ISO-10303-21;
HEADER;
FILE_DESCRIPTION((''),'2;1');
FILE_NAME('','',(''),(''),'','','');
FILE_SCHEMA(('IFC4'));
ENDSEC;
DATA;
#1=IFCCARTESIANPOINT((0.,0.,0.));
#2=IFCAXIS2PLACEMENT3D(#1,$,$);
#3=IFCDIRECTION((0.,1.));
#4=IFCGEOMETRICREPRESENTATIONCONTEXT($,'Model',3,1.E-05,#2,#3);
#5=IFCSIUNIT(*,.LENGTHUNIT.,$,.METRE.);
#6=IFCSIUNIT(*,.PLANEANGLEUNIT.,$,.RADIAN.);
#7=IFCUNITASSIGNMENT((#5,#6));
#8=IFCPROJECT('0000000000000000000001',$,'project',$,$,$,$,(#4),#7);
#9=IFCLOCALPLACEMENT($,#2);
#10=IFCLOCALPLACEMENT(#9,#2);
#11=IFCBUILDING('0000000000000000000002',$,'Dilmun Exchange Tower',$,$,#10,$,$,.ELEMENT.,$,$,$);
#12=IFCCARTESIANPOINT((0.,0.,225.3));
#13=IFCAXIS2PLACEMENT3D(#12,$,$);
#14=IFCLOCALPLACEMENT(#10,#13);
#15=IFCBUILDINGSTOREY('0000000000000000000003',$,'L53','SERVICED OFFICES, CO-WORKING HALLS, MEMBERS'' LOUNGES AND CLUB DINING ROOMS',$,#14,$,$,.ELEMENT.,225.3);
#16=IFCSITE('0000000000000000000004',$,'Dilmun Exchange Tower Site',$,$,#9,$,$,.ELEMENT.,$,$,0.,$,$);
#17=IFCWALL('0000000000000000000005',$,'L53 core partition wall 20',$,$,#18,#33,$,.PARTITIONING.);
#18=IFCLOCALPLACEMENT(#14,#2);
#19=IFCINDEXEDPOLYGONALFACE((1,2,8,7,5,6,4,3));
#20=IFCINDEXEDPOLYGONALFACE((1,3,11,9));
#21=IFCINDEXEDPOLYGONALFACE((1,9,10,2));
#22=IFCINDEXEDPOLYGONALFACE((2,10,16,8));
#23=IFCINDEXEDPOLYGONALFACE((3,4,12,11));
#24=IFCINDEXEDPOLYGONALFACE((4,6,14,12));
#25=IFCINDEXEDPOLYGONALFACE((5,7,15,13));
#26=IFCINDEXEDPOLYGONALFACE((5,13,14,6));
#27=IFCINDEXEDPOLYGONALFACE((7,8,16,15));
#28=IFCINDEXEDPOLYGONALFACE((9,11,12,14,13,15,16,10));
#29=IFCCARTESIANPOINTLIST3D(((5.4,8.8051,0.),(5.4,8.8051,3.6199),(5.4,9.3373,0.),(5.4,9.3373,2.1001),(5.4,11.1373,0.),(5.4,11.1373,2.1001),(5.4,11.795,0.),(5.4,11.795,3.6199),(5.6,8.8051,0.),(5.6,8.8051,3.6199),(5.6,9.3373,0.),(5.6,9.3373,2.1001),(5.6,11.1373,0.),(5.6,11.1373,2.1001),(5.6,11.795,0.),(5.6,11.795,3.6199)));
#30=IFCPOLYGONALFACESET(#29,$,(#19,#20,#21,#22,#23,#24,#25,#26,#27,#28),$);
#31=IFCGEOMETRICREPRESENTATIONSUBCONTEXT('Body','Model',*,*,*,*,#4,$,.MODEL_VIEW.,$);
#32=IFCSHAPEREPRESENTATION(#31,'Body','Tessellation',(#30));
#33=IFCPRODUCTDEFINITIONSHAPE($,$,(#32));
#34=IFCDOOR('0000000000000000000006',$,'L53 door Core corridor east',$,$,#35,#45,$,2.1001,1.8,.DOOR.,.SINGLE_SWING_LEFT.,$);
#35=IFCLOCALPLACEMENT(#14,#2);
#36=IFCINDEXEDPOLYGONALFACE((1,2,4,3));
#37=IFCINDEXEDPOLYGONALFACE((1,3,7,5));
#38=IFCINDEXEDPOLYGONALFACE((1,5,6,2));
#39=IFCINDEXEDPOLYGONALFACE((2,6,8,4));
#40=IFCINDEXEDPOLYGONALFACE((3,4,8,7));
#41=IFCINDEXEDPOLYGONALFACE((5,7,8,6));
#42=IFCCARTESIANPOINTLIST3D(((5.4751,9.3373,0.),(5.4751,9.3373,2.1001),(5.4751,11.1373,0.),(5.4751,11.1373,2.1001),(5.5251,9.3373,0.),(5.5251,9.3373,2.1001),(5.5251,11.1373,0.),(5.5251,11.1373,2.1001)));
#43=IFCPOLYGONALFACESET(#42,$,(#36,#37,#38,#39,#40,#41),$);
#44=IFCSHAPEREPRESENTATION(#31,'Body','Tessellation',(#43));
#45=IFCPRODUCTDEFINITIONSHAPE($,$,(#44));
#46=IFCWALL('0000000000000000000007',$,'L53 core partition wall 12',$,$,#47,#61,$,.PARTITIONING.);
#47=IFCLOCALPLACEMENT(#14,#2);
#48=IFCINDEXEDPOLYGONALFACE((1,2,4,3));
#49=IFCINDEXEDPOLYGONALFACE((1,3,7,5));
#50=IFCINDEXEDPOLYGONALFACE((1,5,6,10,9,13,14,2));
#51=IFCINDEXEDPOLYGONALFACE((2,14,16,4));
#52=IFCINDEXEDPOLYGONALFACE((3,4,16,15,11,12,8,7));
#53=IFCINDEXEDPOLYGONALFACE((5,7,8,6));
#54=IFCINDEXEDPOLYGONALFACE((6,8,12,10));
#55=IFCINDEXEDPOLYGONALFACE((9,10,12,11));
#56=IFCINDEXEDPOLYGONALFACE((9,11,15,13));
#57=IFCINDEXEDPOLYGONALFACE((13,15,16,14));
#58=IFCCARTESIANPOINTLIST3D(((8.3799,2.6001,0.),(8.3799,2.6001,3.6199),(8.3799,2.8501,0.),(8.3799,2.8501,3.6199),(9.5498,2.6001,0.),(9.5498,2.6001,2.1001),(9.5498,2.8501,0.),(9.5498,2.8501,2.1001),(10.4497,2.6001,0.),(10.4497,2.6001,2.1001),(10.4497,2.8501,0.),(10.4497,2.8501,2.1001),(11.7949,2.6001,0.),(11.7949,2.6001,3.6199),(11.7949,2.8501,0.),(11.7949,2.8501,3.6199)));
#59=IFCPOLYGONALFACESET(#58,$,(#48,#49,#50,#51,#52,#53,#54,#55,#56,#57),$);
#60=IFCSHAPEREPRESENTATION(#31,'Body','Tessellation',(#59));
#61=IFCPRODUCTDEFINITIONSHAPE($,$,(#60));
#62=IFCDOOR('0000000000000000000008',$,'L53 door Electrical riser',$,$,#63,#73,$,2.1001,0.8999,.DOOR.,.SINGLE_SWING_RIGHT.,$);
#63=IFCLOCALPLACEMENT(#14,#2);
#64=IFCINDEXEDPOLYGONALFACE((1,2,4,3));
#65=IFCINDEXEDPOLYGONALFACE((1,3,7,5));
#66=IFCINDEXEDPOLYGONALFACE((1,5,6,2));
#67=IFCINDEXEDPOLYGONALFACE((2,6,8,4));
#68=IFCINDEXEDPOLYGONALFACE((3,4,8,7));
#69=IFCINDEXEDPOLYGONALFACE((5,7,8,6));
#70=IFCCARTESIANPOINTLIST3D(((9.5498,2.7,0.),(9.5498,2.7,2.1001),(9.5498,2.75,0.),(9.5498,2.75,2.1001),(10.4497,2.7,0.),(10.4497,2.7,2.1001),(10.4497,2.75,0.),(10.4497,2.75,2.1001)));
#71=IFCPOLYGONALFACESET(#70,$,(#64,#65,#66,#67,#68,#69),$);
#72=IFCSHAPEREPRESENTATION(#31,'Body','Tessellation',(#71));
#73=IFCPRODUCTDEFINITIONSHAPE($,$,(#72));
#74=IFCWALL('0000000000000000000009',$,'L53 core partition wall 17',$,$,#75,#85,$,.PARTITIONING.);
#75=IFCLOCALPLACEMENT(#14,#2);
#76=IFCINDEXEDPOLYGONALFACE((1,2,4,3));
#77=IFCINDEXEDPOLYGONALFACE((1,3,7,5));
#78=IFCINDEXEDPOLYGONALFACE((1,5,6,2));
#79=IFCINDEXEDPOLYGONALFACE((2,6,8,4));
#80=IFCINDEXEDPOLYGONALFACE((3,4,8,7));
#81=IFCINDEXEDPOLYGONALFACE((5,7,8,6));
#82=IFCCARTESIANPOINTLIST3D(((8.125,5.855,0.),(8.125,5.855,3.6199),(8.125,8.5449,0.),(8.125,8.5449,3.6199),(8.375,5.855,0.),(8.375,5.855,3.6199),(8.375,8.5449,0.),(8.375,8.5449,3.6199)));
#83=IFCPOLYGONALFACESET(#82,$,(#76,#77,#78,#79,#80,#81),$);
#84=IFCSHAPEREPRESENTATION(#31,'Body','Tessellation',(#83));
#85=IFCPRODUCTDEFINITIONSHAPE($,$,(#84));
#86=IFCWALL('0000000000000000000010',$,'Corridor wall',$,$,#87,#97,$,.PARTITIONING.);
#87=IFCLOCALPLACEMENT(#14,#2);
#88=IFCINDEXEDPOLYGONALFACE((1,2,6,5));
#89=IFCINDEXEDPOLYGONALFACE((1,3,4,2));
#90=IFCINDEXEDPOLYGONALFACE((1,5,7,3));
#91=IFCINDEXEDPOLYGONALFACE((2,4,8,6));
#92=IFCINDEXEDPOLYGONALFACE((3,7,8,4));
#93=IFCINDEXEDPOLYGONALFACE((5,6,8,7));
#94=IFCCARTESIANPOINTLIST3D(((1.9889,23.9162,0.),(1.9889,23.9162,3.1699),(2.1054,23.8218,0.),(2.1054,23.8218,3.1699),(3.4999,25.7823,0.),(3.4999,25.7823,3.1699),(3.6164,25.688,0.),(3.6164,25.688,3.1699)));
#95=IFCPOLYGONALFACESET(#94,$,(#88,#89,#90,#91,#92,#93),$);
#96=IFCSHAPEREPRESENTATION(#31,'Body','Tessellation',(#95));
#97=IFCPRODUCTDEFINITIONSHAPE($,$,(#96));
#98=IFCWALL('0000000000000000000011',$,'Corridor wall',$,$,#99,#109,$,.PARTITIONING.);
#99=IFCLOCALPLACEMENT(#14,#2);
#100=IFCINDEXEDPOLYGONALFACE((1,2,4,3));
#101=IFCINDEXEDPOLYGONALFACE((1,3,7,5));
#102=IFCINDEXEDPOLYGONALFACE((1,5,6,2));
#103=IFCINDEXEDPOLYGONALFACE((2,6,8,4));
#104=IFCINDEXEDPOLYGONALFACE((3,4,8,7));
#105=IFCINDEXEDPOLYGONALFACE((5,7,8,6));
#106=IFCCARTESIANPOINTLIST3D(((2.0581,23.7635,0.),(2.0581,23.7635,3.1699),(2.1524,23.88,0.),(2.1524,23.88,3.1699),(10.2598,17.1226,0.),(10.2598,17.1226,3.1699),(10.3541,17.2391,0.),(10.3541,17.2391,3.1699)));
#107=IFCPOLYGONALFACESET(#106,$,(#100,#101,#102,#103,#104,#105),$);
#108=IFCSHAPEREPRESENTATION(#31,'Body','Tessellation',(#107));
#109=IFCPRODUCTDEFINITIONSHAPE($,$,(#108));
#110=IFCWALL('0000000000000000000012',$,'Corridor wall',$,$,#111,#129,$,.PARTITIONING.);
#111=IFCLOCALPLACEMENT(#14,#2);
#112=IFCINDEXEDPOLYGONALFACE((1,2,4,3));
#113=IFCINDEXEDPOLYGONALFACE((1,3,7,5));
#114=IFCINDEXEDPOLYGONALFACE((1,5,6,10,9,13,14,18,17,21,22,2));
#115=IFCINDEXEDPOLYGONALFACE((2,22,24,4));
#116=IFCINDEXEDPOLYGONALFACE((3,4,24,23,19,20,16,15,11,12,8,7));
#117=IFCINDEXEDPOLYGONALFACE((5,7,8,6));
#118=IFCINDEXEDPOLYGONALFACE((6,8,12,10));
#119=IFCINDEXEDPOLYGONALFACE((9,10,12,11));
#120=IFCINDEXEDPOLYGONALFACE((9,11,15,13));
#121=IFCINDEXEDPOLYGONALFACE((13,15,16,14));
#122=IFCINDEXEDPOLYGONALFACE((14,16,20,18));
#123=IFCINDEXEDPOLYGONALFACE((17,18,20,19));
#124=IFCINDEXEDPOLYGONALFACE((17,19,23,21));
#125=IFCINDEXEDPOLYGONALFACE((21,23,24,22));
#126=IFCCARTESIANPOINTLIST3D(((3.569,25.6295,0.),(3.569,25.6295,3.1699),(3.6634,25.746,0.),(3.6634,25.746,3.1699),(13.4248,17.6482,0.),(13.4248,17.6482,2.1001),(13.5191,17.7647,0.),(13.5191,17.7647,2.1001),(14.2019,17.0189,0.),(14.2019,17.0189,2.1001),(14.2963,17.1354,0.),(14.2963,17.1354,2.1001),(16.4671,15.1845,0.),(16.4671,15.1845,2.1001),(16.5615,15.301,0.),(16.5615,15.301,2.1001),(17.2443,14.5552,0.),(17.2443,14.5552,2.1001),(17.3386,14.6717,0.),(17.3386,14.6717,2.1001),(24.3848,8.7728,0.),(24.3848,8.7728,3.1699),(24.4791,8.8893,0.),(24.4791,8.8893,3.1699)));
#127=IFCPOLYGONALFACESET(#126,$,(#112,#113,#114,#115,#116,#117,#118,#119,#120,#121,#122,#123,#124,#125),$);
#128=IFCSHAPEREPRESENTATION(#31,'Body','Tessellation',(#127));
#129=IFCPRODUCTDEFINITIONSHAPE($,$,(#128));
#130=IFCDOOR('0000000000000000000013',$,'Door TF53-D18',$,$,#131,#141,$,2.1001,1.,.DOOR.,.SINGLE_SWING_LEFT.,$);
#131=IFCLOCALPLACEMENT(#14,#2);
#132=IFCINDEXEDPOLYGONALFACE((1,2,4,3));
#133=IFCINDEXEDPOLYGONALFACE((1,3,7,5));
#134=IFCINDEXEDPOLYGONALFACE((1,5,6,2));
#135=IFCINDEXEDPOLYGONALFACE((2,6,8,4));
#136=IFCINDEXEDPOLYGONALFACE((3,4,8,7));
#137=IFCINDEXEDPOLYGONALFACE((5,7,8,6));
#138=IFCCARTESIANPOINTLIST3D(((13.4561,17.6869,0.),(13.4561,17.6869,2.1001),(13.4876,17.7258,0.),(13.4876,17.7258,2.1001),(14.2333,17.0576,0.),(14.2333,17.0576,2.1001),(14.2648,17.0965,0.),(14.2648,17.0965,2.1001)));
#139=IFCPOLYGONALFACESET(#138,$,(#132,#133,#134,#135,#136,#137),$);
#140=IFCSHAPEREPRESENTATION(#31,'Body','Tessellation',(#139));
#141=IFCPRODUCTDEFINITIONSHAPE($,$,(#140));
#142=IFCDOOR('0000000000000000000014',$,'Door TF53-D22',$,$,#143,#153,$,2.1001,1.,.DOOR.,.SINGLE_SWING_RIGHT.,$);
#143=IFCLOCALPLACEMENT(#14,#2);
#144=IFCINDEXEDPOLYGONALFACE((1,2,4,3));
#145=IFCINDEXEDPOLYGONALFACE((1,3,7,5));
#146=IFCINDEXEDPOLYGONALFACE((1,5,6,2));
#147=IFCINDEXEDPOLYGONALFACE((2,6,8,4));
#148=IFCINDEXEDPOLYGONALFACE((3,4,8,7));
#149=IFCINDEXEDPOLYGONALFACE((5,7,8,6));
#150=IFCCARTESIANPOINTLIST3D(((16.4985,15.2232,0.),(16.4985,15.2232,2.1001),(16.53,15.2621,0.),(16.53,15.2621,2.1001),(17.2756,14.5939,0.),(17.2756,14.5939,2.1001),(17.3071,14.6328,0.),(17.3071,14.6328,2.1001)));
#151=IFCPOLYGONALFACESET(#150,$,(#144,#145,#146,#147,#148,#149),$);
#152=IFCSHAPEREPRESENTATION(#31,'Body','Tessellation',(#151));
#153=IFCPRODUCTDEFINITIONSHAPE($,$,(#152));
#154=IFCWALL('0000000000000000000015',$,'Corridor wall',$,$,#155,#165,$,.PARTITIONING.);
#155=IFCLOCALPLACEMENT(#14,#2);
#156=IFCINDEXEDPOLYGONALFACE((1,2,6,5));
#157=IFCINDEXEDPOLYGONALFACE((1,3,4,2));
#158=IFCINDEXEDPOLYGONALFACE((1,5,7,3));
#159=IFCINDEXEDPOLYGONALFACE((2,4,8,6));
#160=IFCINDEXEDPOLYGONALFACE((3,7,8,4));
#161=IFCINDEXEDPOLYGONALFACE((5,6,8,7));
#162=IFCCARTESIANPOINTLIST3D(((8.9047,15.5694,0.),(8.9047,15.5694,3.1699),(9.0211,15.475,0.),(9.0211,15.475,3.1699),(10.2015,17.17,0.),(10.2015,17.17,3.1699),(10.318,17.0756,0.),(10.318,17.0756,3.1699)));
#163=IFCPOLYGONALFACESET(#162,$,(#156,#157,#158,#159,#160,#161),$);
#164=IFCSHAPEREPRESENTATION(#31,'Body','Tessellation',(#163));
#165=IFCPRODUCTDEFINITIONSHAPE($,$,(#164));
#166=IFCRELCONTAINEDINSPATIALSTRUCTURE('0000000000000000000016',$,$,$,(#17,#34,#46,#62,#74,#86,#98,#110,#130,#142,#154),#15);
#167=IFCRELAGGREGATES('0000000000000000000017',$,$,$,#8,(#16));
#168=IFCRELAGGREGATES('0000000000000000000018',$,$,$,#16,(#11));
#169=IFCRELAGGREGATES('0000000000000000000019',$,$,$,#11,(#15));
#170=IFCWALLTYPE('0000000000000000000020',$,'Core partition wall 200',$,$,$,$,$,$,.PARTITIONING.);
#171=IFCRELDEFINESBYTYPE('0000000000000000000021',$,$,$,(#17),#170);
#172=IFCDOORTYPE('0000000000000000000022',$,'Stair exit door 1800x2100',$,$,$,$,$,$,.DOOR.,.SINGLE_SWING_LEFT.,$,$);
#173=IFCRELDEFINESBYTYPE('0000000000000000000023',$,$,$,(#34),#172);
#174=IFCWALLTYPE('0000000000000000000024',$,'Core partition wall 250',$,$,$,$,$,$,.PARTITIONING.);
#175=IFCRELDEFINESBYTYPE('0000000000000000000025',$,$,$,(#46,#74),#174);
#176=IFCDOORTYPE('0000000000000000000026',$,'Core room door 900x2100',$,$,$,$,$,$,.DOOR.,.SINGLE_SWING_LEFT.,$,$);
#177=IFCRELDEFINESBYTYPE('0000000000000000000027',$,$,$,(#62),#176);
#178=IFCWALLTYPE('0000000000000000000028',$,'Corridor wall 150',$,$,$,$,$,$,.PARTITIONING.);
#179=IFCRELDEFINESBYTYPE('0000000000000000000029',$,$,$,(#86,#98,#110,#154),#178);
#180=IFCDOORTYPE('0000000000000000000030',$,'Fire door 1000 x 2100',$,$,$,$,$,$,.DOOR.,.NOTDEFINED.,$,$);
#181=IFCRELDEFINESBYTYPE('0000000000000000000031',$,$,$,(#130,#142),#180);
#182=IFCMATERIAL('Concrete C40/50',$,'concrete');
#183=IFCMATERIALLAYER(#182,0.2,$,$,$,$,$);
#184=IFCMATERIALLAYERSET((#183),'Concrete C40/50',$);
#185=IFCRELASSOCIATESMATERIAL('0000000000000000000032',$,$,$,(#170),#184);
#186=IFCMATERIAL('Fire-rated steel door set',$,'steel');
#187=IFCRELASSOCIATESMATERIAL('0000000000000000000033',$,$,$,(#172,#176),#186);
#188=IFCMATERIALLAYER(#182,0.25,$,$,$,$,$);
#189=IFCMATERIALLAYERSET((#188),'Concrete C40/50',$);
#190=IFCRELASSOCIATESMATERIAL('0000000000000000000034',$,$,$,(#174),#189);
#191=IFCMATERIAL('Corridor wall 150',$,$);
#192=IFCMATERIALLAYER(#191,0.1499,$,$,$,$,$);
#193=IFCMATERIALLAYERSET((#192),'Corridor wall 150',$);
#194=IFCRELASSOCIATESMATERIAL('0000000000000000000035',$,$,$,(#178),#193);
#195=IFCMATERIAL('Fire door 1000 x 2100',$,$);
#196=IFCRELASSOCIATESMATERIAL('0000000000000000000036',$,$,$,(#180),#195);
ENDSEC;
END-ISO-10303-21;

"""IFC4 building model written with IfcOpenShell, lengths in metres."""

from ifc_helpers import new_model, si_unit, direction, frame, frame_2d, origin, place, context, subcontext, project, spatial, rectangle, extrude, material, layer, layer_set, type_object, element, fill, save


model = new_model("IFC4")

# Units and contexts
model_context = context("Model", 3, precision=1e-05, world=origin(), true_north=direction((0.0, 1.0)))
body_context = subcontext(model_context, "Body", "Model", "MODEL_VIEW")
ifc_project = project(units=[si_unit("LENGTHUNIT", "METRE"), si_unit("PLANEANGLEUNIT", "RADIAN")], contexts=[model_context])

# Site, building, storey
site_placement = place(None, origin())
site = spatial("IfcSite", under=ifc_project, at=site_placement, Name="Dilmun Exchange Tower Site", CompositionType="ELEMENT", RefElevation=0.0)
building_placement = place(site_placement, origin())
building = spatial("IfcBuilding", under=site, at=building_placement, Name="Dilmun Exchange Tower", CompositionType="ELEMENT")
storey_placement = place(building_placement, frame((0.0, 0.0, 225.3)))
storey = spatial("IfcBuildingStorey", under=building, at=storey_placement, Name="L53", Description="SERVICED OFFICES, CO-WORKING HALLS, MEMBERS' LOUNGES AND CLUB DINING ROOMS", CompositionType="ELEMENT", Elevation=225.3)

# Walls, openings, doors
ifc_material_1 = material(Name="Concrete C40/50", Category="concrete")
ifc_layer_1 = layer(ifc_material_1, 0.2)
ifc_layer_set_1 = layer_set([ifc_layer_1], Name="Concrete C40/50")
wall_type_1 = type_object("IfcWallType", Name="Core partition wall 200", PredefinedType="PARTITIONING", material=ifc_layer_set_1)
wall_1_placement = place(storey_placement, frame((5.5, 8.8049, 0.0), z_axis=(0.0, 0.0, 1.0), x_axis=(0.0, 1.0, 0.0)))
wall_1 = element("IfcWall", 1, at=wall_1_placement, inside=storey, type_object=wall_type_1, Name="L53 core partition wall 20", PredefinedType="PARTITIONING", context=body_context, shape_type="SweptSolid", body=[
    extrude(rectangle(XDim=2.99, YDim=0.2, at=frame_2d((1.4951, 0.0))), origin(), (0.0, 0.0, 1.0), 3.6199),
])
opening_1_placement = place(wall_1_placement, frame((0.5325, 0.0, 0.0)))
opening_1 = element("IfcOpeningElement", 2, at=opening_1_placement, cuts=wall_1, PredefinedType="OPENING", context=body_context, shape_type="SweptSolid", body=[
    extrude(rectangle(XDim=1.8, YDim=2.1001, at=frame_2d((0.8999, 1.05))), frame((0.0, 0.1099, 0.0), z_axis=(0.0, -1.0, 0.0), x_axis=(1.0, 0.0, 0.0)), (0.0, 0.0, 1.0), 0.22),
])
ifc_material_2 = material(Name="Fire-rated steel door set", Category="steel")
door_type_1 = type_object("IfcDoorType", Name="Stair exit door 1800x2100", OperationType="SINGLE_SWING_LEFT", PredefinedType="DOOR", material=ifc_material_2)
door_1_placement = place(opening_1_placement, origin())
door_1 = element("IfcDoor", 3, at=door_1_placement, inside=storey, type_object=door_type_1, Name="L53 door Core corridor east", OperationType="SINGLE_SWING_LEFT", OverallHeight=2.1001, OverallWidth=1.8, PredefinedType="DOOR", context=body_context, shape_type="SweptSolid", body=[
    extrude(rectangle(XDim=1.8, YDim=2.1001, at=frame_2d((0.8999, 1.05))), frame((0.0, 0.0249, 0.0), z_axis=(0.0, -1.0, 0.0), x_axis=(1.0, 0.0, 0.0)), (0.0, 0.0, 1.0), 0.05),
])
fill(opening_1, door_1)
ifc_layer_2 = layer(ifc_material_1, 0.25)
ifc_layer_set_2 = layer_set([ifc_layer_2], Name="Concrete C40/50")
wall_type_2 = type_object("IfcWallType", Name="Core partition wall 250", PredefinedType="PARTITIONING", material=ifc_layer_set_2)
wall_2_placement = place(storey_placement, frame((8.3799, 2.7251, 0.0), z_axis=(0.0, 0.0, 1.0), x_axis=(1.0, 0.0, 0.0)))
wall_2 = element("IfcWall", 4, at=wall_2_placement, inside=storey, type_object=wall_type_2, Name="L53 core partition wall 12", PredefinedType="PARTITIONING", context=body_context, shape_type="SweptSolid", body=[
    extrude(rectangle(XDim=3.415, YDim=0.25, at=frame_2d((1.7075, 0.0))), origin(), (0.0, 0.0, 1.0), 3.6199),
])
opening_2_placement = place(wall_2_placement, frame((1.1699, 0.0, 0.0)))
opening_2 = element("IfcOpeningElement", 5, at=opening_2_placement, cuts=wall_2, PredefinedType="OPENING", context=body_context, shape_type="SweptSolid", body=[
    extrude(rectangle(XDim=0.8999, YDim=2.1001, at=frame_2d((0.45, 1.05))), frame((0.0, 0.135, 0.0), z_axis=(0.0, -1.0, 0.0), x_axis=(1.0, 0.0, 0.0)), (0.0, 0.0, 1.0), 0.27),
])
door_type_2 = type_object("IfcDoorType", Name="Core room door 900x2100", OperationType="SINGLE_SWING_LEFT", PredefinedType="DOOR", material=ifc_material_2)
door_2_placement = place(opening_2_placement, origin())
door_2 = element("IfcDoor", 6, at=door_2_placement, inside=storey, type_object=door_type_2, Name="L53 door Electrical riser", OperationType="SINGLE_SWING_RIGHT", OverallHeight=2.1001, OverallWidth=0.8999, PredefinedType="DOOR", context=body_context, shape_type="SweptSolid", body=[
    extrude(rectangle(XDim=0.8999, YDim=2.1001, at=frame_2d((0.45, 1.05))), frame((0.0, 0.0249, 0.0), z_axis=(0.0, -1.0, 0.0), x_axis=(1.0, 0.0, 0.0)), (0.0, 0.0, 1.0), 0.05),
])
fill(opening_2, door_2)

# Walls
wall_3_placement = place(storey_placement, frame((8.25, 5.855, 0.0), z_axis=(0.0, 0.0, 1.0), x_axis=(0.0, 1.0, 0.0)))
element("IfcWall", 7, at=wall_3_placement, inside=storey, type_object=wall_type_2, Name="L53 core partition wall 17", PredefinedType="PARTITIONING", context=body_context, shape_type="SweptSolid", body=[
    extrude(rectangle(XDim=2.6899, YDim=0.25, at=frame_2d((1.345, 0.0))), origin(), (0.0, 0.0, 1.0), 3.6199),
])
ifc_material_3 = material(Name="Corridor wall 150")
ifc_layer_3 = layer(ifc_material_3, 0.1499)
ifc_layer_set_3 = layer_set([ifc_layer_3], Name="Corridor wall 150")
wall_type_3 = type_object("IfcWallType", Name="Corridor wall 150", PredefinedType="PARTITIONING", material=ifc_layer_set_3)
wall_4_placement = place(storey_placement, frame((2.0471, 23.8689, 0.0), z_axis=(0.0, 0.0, 1.0), x_axis=(0.62926, 0.777195, 0.0)))
element("IfcWall", 8, at=wall_4_placement, inside=storey, type_object=wall_type_3, Name="Corridor wall", PredefinedType="PARTITIONING", context=body_context, shape_type="SweptSolid", body=[
    extrude(rectangle(XDim=2.4011, YDim=0.1499, at=frame_2d((1.2007, 0.0))), origin(), (0.0, 0.0, 1.0), 3.1699),
])
wall_5_placement = place(storey_placement, frame((2.1052, 23.8218, 0.0), z_axis=(0.0, 0.0, 1.0), x_axis=(0.777179, -0.62928, 0.0)))
element("IfcWall", 9, at=wall_5_placement, inside=storey, type_object=wall_type_3, Name="Corridor wall", PredefinedType="PARTITIONING", context=body_context, shape_type="SweptSolid", body=[
    extrude(rectangle(XDim=10.5532, YDim=0.1499, at=frame_2d((5.2766, 0.0))), origin(), (0.0, 0.0, 1.0), 3.1699),
])

# Wall, openings, doors
wall_6_placement = place(storey_placement, frame((3.6162, 25.6877, 0.0), z_axis=(0.0, 0.0, 1.0), x_axis=(0.777137, -0.629331, 0.0)))
wall_6 = element("IfcWall", 10, at=wall_6_placement, inside=storey, type_object=wall_type_3, Name="Corridor wall", PredefinedType="PARTITIONING", context=body_context, shape_type="SweptSolid", body=[
    extrude(rectangle(XDim=26.7852, YDim=0.1499, at=frame_2d((13.3926, 0.0))), origin(), (0.0, 0.0, 1.0), 3.1699),
])
opening_3_placement = place(wall_6_placement, frame((12.6821, 0.0, 0.0)))
opening_3 = element("IfcOpeningElement", 11, at=opening_3_placement, cuts=wall_6, PredefinedType="OPENING", context=body_context, shape_type="SweptSolid", body=[
    extrude(rectangle(XDim=1.0, YDim=2.1001, at=frame_2d((0.5, 1.05))), frame((0.0, 0.085, 0.0), z_axis=(0.0, -1.0, 0.0), x_axis=(1.0, 0.0, 0.0)), (0.0, 0.0, 1.0), 0.1699),
])
opening_4_placement = place(wall_6_placement, frame((16.5969, 0.0, 0.0)))
opening_4 = element("IfcOpeningElement", 12, at=opening_4_placement, cuts=wall_6, PredefinedType="OPENING", context=body_context, shape_type="SweptSolid", body=[
    extrude(rectangle(XDim=1.0, YDim=2.1001, at=frame_2d((0.5, 1.05))), frame((0.0, 0.085, 0.0), z_axis=(0.0, -1.0, 0.0), x_axis=(1.0, 0.0, 0.0)), (0.0, 0.0, 1.0), 0.1699),
])
ifc_material_4 = material(Name="Fire door 1000 x 2100")
door_type_3 = type_object("IfcDoorType", Name="Fire door 1000 x 2100", OperationType="NOTDEFINED", PredefinedType="DOOR", material=ifc_material_4)
door_3_placement = place(opening_3_placement, origin())
door_3 = element("IfcDoor", 13, at=door_3_placement, inside=storey, type_object=door_type_3, Name="Door TF53-D18", OperationType="SINGLE_SWING_LEFT", OverallHeight=2.1001, OverallWidth=1.0, PredefinedType="DOOR", context=body_context, shape_type="SweptSolid", body=[
    extrude(rectangle(XDim=1.0, YDim=2.1001, at=frame_2d((0.5, 1.05))), frame((0.0, 0.0249, 0.0), z_axis=(0.0, -1.0, 0.0), x_axis=(1.0, 0.0, 0.0)), (0.0, 0.0, 1.0), 0.05),
])
fill(opening_3, door_3)
door_4_placement = place(opening_4_placement, origin())
door_4 = element("IfcDoor", 14, at=door_4_placement, inside=storey, type_object=door_type_3, Name="Door TF53-D22", OperationType="SINGLE_SWING_RIGHT", OverallHeight=2.1001, OverallWidth=1.0, PredefinedType="DOOR", context=body_context, shape_type="SweptSolid", body=[
    extrude(rectangle(XDim=1.0, YDim=2.1001, at=frame_2d((0.5, 1.05))), frame((0.0, 0.0249, 0.0), z_axis=(0.0, -1.0, 0.0), x_axis=(1.0, 0.0, 0.0)), (0.0, 0.0, 1.0), 0.05),
])
fill(opening_4, door_4)

# Wall
wall_7_placement = place(storey_placement, frame((8.9629, 15.5222, 0.0), z_axis=(0.0, 0.0, 1.0), x_axis=(0.629539, 0.776969, 0.0)))
element("IfcWall", 15, at=wall_7_placement, inside=storey, type_object=wall_type_3, Name="Corridor wall", PredefinedType="PARTITIONING", context=body_context, shape_type="SweptSolid", body=[
    extrude(rectangle(XDim=2.0601, YDim=0.1499, at=frame_2d((1.03, 0.0))), origin(), (0.0, 0.0, 1.0), 3.1699),
])

save(model, "model.ifc")
